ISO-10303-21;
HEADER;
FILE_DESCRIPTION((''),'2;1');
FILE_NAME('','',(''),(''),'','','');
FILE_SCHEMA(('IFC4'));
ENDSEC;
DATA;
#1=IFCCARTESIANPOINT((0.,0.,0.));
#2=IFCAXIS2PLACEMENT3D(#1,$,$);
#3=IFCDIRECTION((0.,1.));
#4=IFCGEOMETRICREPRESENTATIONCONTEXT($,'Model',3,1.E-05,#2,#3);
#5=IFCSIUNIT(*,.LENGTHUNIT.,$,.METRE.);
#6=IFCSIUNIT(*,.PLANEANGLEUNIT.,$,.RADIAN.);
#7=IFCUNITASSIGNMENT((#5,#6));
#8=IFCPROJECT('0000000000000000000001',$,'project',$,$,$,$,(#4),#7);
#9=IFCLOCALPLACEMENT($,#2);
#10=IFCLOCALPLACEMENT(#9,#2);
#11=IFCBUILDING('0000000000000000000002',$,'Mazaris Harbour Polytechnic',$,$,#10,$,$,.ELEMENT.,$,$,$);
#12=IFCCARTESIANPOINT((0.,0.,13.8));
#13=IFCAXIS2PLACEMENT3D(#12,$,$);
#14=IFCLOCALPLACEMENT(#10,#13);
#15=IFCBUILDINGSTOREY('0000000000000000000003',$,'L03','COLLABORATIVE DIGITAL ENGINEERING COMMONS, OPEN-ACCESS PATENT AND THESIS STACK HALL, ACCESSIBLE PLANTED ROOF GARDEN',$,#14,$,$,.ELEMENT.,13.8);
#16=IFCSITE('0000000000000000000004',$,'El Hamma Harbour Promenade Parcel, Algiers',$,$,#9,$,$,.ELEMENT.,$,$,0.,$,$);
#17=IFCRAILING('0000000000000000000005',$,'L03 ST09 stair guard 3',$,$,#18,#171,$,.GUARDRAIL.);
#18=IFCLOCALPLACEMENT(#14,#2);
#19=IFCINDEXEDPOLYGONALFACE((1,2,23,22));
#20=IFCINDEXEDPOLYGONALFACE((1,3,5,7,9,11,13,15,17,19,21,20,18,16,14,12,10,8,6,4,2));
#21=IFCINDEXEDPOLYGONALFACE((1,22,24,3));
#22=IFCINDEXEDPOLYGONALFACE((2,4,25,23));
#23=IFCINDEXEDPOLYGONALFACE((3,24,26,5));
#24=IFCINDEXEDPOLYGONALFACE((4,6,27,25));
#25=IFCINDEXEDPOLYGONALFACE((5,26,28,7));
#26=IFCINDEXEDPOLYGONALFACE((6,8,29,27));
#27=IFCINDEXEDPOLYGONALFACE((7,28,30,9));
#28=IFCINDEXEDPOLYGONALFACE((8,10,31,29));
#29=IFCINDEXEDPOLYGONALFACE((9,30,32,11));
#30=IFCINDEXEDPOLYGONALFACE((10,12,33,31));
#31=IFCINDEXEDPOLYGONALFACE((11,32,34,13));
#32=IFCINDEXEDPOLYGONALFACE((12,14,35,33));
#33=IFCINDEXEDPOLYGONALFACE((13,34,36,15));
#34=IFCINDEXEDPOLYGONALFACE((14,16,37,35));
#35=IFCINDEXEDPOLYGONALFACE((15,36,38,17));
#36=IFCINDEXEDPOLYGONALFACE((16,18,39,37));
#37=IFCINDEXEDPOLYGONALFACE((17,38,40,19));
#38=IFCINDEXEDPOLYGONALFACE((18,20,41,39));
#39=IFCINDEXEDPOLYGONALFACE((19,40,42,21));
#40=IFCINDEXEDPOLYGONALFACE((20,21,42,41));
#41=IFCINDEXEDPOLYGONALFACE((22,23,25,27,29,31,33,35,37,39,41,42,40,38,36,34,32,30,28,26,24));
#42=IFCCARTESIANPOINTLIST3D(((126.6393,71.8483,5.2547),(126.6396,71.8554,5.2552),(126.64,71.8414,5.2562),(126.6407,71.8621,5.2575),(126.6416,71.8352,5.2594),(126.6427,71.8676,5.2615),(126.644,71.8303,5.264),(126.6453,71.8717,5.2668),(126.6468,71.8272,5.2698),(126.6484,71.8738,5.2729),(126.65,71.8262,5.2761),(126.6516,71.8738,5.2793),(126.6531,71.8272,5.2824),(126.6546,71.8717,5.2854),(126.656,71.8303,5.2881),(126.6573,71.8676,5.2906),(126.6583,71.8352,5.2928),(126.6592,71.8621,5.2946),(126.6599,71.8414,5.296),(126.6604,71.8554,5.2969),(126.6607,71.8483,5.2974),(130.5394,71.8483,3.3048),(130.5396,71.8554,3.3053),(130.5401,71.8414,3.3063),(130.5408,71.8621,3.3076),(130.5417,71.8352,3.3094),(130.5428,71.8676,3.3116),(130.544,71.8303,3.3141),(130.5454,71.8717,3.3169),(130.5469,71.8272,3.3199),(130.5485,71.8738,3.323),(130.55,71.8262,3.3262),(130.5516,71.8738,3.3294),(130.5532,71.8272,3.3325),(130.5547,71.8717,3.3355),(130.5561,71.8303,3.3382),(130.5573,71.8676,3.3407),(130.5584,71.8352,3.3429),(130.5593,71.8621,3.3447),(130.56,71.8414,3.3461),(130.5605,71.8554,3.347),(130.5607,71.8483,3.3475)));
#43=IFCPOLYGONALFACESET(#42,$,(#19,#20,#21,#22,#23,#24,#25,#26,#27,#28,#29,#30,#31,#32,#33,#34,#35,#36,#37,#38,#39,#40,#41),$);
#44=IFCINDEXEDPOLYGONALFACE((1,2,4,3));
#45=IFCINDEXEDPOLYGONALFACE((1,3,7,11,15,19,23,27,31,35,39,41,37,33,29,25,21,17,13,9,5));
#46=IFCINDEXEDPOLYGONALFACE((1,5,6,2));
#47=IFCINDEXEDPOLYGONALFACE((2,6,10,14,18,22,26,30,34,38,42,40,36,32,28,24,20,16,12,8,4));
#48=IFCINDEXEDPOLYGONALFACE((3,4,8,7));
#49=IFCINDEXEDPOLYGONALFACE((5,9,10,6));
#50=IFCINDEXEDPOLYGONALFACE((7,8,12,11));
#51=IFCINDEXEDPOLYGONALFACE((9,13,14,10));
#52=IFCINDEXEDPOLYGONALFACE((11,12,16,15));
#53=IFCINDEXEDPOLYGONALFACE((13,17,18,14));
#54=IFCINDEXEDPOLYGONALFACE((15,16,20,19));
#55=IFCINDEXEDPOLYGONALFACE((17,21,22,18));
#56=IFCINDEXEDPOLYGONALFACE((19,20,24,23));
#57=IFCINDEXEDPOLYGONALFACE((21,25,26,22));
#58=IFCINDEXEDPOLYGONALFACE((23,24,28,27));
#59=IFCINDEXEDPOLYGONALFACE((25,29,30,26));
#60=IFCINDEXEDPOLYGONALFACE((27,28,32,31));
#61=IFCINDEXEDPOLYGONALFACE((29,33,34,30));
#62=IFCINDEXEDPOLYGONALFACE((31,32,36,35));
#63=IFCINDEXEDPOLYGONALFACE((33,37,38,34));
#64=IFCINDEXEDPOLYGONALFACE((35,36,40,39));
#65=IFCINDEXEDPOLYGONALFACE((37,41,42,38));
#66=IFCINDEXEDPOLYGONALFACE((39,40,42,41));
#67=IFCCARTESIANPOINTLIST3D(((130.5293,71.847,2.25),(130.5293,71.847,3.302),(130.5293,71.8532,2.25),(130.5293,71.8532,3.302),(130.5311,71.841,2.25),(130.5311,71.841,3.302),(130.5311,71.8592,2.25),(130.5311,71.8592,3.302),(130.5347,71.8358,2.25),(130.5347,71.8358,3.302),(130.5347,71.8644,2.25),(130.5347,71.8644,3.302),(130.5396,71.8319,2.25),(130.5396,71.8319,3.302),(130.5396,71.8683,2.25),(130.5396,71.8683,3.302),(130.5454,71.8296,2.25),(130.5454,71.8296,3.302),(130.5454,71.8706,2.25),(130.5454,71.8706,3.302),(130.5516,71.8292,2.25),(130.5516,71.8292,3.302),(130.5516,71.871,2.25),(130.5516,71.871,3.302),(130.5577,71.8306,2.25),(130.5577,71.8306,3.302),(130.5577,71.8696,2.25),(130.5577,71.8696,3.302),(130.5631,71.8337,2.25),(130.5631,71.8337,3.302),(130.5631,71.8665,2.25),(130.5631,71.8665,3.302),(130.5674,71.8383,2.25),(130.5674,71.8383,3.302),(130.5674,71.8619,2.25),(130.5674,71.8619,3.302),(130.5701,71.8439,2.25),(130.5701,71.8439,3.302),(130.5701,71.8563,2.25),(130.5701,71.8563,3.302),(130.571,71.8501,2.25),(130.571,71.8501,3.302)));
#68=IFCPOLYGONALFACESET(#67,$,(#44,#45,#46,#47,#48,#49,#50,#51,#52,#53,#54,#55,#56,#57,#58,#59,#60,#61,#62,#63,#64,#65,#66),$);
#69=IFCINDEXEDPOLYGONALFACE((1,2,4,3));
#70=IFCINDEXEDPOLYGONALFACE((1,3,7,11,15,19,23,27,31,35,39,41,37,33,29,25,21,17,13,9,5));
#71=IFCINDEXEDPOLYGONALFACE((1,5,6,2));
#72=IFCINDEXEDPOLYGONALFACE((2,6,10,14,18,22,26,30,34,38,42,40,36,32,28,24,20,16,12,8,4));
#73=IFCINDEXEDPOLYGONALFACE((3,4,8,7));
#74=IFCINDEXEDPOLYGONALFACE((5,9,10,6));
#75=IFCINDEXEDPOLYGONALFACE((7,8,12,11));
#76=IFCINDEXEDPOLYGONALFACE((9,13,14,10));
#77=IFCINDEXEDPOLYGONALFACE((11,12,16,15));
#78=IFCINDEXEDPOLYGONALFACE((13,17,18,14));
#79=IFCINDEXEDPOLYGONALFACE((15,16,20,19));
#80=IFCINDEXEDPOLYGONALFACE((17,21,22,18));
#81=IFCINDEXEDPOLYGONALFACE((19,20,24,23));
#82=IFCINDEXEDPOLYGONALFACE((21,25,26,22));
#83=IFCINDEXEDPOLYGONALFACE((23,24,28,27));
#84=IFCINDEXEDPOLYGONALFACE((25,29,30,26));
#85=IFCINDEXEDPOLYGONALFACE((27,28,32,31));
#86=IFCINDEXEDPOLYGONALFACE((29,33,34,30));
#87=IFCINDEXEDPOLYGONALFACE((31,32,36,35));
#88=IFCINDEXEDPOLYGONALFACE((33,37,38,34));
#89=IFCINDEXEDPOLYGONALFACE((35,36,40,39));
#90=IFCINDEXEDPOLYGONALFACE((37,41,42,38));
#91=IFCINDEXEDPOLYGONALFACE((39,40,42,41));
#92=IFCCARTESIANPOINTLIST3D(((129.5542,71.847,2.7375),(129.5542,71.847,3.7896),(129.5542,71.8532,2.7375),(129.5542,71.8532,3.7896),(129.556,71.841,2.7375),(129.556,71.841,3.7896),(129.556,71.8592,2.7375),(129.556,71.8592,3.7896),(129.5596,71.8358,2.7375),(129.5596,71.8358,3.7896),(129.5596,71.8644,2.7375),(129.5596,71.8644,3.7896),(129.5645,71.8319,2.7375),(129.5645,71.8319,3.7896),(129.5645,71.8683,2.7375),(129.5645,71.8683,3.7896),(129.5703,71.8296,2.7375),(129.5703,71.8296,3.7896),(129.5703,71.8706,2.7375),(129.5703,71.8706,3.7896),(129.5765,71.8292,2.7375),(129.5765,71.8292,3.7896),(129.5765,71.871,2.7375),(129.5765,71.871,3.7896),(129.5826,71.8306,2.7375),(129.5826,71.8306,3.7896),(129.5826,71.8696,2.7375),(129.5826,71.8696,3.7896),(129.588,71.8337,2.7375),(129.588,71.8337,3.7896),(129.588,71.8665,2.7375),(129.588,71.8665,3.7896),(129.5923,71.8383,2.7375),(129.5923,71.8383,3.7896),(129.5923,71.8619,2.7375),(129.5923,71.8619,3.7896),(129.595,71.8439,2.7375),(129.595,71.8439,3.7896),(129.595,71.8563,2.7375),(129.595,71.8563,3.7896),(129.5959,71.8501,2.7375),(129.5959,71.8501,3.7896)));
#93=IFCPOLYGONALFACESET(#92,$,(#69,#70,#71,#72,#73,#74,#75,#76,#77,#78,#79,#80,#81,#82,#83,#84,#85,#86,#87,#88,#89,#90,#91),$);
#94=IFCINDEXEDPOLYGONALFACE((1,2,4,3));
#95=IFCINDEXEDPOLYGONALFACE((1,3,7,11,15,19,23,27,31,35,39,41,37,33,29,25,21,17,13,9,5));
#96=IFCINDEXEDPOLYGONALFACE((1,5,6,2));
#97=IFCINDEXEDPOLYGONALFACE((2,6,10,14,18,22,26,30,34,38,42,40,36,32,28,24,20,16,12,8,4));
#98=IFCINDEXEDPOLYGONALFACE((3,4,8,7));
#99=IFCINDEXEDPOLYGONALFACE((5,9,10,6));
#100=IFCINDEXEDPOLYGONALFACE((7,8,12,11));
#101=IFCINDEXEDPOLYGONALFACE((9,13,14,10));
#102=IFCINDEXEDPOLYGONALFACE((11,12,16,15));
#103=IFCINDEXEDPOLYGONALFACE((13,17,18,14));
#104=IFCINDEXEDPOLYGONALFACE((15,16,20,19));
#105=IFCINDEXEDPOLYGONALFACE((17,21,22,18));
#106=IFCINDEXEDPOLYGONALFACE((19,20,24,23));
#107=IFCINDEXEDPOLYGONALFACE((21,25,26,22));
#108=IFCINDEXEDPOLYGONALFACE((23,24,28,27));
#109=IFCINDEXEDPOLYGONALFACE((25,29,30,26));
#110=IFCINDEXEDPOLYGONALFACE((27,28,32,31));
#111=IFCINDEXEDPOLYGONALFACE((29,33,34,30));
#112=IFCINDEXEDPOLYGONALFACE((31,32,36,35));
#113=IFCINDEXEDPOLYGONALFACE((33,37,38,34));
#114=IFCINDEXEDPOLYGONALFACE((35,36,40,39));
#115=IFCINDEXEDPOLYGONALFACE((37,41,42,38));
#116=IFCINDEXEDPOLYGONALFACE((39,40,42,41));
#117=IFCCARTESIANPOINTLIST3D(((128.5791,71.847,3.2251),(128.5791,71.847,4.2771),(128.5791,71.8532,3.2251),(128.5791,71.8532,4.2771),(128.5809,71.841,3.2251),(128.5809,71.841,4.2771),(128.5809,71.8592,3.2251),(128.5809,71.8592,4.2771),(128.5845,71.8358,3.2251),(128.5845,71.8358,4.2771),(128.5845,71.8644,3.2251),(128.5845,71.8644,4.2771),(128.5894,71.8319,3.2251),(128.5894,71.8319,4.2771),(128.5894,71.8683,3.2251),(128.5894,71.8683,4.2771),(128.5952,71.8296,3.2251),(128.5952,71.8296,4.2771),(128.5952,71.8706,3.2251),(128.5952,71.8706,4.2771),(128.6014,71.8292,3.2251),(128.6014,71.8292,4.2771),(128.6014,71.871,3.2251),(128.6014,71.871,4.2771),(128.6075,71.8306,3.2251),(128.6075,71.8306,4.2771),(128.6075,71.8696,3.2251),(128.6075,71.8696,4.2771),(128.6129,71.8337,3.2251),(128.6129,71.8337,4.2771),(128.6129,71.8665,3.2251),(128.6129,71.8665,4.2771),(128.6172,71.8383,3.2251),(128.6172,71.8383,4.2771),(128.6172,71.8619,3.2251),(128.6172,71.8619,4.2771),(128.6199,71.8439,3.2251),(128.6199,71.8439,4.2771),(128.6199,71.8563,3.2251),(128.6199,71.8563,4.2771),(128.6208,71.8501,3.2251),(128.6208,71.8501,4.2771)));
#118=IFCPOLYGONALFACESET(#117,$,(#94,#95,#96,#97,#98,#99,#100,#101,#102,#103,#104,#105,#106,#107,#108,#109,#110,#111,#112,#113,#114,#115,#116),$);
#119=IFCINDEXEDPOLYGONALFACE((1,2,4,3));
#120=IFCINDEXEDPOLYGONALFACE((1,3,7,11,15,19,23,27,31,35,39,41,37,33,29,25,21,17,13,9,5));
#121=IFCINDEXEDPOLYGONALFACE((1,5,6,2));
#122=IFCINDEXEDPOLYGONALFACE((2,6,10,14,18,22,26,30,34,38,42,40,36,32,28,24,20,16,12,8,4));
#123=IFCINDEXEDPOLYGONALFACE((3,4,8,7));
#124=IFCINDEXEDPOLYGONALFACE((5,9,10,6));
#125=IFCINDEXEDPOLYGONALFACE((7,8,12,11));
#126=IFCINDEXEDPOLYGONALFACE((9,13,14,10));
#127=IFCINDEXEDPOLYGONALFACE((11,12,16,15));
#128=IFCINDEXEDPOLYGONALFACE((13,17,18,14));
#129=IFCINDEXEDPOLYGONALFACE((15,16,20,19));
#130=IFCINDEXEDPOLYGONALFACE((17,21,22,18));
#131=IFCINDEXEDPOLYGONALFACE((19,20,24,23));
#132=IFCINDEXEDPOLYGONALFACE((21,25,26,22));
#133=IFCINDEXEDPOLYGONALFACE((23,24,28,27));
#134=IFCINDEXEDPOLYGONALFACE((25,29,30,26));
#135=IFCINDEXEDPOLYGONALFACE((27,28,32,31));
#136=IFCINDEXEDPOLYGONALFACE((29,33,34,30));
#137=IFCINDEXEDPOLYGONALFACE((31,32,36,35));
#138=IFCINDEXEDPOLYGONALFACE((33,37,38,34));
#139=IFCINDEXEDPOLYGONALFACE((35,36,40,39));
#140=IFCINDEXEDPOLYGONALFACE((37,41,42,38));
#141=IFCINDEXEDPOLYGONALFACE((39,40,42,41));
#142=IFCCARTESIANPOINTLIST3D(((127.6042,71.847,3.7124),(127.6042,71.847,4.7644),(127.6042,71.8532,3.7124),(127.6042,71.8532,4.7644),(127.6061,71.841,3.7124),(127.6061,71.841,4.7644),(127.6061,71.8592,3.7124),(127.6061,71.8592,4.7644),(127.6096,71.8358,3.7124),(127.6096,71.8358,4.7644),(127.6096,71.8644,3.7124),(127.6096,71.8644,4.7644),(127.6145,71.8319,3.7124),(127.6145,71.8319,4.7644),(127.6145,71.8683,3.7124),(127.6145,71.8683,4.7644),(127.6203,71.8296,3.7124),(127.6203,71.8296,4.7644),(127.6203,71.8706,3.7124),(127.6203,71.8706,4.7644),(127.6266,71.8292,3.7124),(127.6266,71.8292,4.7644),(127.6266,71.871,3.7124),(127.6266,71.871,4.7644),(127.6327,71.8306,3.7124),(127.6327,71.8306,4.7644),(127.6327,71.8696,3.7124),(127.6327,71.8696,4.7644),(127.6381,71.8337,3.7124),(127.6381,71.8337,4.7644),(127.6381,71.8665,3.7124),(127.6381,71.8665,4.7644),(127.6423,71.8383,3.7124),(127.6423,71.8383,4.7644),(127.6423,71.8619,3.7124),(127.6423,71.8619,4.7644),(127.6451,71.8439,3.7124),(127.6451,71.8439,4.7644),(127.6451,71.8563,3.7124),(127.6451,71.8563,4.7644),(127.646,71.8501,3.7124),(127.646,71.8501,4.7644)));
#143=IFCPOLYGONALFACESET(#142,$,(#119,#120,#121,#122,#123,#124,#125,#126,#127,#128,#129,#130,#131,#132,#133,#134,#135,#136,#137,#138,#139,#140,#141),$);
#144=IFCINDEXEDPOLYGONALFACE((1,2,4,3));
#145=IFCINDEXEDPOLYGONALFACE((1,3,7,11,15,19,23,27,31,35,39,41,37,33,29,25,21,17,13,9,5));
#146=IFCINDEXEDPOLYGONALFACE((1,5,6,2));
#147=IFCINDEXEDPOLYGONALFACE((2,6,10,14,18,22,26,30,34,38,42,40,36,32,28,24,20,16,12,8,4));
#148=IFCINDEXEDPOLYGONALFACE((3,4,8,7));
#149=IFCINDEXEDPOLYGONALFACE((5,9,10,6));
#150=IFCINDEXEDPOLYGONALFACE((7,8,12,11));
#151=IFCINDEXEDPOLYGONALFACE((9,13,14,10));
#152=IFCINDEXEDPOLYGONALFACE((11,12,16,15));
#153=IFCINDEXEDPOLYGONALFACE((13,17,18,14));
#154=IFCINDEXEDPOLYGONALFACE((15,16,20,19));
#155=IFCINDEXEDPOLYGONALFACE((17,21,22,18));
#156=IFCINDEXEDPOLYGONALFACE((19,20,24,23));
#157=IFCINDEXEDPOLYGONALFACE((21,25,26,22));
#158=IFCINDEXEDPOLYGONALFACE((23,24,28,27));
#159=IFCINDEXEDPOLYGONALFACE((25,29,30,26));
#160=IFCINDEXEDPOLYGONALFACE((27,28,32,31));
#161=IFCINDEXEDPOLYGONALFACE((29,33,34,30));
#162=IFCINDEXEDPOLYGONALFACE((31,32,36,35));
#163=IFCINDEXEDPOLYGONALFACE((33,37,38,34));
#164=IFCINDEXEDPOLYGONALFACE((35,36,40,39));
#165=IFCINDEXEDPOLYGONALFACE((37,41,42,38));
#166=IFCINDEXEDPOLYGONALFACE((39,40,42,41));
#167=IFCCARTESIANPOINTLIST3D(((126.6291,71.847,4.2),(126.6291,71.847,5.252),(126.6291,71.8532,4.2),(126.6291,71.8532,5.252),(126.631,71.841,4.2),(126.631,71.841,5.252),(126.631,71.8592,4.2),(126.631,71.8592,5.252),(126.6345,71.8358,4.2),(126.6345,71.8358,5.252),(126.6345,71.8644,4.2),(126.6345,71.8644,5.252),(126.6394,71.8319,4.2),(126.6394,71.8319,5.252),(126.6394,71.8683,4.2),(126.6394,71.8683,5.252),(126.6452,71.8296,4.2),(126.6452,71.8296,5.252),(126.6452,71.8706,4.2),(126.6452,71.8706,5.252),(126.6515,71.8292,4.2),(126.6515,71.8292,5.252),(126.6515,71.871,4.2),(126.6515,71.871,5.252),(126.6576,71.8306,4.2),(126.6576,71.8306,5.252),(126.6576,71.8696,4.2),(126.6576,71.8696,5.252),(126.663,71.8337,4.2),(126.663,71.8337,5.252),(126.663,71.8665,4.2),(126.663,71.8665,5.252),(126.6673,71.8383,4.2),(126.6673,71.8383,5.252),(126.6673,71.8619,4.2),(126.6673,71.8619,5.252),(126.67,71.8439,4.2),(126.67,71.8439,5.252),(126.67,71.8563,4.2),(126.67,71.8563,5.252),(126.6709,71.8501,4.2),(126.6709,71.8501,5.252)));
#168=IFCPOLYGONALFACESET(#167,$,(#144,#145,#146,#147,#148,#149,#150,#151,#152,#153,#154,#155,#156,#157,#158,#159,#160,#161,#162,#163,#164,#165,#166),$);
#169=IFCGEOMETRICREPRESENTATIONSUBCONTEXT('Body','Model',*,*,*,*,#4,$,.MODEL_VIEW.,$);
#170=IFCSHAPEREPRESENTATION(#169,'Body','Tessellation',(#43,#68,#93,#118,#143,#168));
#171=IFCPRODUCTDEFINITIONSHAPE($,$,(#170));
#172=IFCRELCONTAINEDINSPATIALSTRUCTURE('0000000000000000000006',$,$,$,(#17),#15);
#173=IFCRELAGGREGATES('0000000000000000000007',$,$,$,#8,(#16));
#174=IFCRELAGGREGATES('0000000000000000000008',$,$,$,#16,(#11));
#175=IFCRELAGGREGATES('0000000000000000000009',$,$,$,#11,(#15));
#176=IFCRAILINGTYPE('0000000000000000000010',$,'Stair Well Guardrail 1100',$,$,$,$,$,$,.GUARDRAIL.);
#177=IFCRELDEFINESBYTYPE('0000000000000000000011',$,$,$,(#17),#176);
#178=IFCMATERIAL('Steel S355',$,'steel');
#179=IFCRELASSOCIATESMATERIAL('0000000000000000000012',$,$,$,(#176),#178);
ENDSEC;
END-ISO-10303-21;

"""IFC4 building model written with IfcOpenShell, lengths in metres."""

from ifc_helpers import new_model, si_unit, direction, frame, origin, origin_2d, place, context, subcontext, project, spatial, circle, extrude, material, type_object, element, save


model = new_model("IFC4")

# Units and contexts
model_context = context("Model", 3, precision=1e-05, world=origin(), true_north=direction((0.0, 1.0)))
body_context = subcontext(model_context, "Body", "Model", "MODEL_VIEW")
ifc_project = project(units=[si_unit("LENGTHUNIT", "METRE"), si_unit("PLANEANGLEUNIT", "RADIAN")], contexts=[model_context])

# Site, building, storey
site_placement = place(None, origin())
site = spatial("IfcSite", under=ifc_project, at=site_placement, Name="El Hamma Harbour Promenade Parcel, Algiers", CompositionType="ELEMENT", RefElevation=0.0)
building_placement = place(site_placement, origin())
building = spatial("IfcBuilding", under=site, at=building_placement, Name="Mazaris Harbour Polytechnic", CompositionType="ELEMENT")
storey_placement = place(building_placement, frame((0.0, 0.0, 13.8)))
storey = spatial("IfcBuildingStorey", under=building, at=storey_placement, Name="L03", Description="COLLABORATIVE DIGITAL ENGINEERING COMMONS, OPEN-ACCESS PATENT AND THESIS STACK HALL, ACCESSIBLE PLANTED ROOF GARDEN", CompositionType="ELEMENT", Elevation=13.8)

# Railing
ifc_material_1 = material(Name="Steel S355", Category="steel")
railing_type_1 = type_object("IfcRailingType", Name="Stair Well Guardrail 1100", PredefinedType="GUARDRAIL", material=ifc_material_1)
railing_1_placement = place(storey_placement, frame((130.55, 71.8501, 2.25)))
element("IfcRailing", 1, at=railing_1_placement, inside=storey, type_object=railing_type_1, Name="L03 ST09 stair guard 3", PredefinedType="GUARDRAIL", context=body_context, shape_type="SweptSolid", body=[
    extrude(circle(Radius=0.0239, at=origin_2d()), frame((0.0, 0.0, 1.0762), z_axis=(-0.894438, 0.0, 0.447191), x_axis=(0.0, -1.0, 0.0)), (0.0, 0.0, 1.0), 4.3604),
    extrude(circle(Radius=0.021, at=origin_2d()), origin(), (0.0, 0.0, 1.0), 1.052),
    extrude(circle(Radius=0.021, at=origin_2d()), frame((-0.9751, 0.0, 0.4875)), (0.0, 0.0, 1.0), 1.052),
    extrude(circle(Radius=0.021, at=origin_2d()), frame((-1.9502, 0.0, 0.9751)), (0.0, 0.0, 1.0), 1.052),
    extrude(circle(Radius=0.021, at=origin_2d()), frame((-2.925, 0.0, 1.4624)), (0.0, 0.0, 1.0), 1.052),
    extrude(circle(Radius=0.021, at=origin_2d()), frame((-3.9001, 0.0, 1.95)), (0.0, 0.0, 1.0), 1.052),
])

save(model, "model.ifc")
